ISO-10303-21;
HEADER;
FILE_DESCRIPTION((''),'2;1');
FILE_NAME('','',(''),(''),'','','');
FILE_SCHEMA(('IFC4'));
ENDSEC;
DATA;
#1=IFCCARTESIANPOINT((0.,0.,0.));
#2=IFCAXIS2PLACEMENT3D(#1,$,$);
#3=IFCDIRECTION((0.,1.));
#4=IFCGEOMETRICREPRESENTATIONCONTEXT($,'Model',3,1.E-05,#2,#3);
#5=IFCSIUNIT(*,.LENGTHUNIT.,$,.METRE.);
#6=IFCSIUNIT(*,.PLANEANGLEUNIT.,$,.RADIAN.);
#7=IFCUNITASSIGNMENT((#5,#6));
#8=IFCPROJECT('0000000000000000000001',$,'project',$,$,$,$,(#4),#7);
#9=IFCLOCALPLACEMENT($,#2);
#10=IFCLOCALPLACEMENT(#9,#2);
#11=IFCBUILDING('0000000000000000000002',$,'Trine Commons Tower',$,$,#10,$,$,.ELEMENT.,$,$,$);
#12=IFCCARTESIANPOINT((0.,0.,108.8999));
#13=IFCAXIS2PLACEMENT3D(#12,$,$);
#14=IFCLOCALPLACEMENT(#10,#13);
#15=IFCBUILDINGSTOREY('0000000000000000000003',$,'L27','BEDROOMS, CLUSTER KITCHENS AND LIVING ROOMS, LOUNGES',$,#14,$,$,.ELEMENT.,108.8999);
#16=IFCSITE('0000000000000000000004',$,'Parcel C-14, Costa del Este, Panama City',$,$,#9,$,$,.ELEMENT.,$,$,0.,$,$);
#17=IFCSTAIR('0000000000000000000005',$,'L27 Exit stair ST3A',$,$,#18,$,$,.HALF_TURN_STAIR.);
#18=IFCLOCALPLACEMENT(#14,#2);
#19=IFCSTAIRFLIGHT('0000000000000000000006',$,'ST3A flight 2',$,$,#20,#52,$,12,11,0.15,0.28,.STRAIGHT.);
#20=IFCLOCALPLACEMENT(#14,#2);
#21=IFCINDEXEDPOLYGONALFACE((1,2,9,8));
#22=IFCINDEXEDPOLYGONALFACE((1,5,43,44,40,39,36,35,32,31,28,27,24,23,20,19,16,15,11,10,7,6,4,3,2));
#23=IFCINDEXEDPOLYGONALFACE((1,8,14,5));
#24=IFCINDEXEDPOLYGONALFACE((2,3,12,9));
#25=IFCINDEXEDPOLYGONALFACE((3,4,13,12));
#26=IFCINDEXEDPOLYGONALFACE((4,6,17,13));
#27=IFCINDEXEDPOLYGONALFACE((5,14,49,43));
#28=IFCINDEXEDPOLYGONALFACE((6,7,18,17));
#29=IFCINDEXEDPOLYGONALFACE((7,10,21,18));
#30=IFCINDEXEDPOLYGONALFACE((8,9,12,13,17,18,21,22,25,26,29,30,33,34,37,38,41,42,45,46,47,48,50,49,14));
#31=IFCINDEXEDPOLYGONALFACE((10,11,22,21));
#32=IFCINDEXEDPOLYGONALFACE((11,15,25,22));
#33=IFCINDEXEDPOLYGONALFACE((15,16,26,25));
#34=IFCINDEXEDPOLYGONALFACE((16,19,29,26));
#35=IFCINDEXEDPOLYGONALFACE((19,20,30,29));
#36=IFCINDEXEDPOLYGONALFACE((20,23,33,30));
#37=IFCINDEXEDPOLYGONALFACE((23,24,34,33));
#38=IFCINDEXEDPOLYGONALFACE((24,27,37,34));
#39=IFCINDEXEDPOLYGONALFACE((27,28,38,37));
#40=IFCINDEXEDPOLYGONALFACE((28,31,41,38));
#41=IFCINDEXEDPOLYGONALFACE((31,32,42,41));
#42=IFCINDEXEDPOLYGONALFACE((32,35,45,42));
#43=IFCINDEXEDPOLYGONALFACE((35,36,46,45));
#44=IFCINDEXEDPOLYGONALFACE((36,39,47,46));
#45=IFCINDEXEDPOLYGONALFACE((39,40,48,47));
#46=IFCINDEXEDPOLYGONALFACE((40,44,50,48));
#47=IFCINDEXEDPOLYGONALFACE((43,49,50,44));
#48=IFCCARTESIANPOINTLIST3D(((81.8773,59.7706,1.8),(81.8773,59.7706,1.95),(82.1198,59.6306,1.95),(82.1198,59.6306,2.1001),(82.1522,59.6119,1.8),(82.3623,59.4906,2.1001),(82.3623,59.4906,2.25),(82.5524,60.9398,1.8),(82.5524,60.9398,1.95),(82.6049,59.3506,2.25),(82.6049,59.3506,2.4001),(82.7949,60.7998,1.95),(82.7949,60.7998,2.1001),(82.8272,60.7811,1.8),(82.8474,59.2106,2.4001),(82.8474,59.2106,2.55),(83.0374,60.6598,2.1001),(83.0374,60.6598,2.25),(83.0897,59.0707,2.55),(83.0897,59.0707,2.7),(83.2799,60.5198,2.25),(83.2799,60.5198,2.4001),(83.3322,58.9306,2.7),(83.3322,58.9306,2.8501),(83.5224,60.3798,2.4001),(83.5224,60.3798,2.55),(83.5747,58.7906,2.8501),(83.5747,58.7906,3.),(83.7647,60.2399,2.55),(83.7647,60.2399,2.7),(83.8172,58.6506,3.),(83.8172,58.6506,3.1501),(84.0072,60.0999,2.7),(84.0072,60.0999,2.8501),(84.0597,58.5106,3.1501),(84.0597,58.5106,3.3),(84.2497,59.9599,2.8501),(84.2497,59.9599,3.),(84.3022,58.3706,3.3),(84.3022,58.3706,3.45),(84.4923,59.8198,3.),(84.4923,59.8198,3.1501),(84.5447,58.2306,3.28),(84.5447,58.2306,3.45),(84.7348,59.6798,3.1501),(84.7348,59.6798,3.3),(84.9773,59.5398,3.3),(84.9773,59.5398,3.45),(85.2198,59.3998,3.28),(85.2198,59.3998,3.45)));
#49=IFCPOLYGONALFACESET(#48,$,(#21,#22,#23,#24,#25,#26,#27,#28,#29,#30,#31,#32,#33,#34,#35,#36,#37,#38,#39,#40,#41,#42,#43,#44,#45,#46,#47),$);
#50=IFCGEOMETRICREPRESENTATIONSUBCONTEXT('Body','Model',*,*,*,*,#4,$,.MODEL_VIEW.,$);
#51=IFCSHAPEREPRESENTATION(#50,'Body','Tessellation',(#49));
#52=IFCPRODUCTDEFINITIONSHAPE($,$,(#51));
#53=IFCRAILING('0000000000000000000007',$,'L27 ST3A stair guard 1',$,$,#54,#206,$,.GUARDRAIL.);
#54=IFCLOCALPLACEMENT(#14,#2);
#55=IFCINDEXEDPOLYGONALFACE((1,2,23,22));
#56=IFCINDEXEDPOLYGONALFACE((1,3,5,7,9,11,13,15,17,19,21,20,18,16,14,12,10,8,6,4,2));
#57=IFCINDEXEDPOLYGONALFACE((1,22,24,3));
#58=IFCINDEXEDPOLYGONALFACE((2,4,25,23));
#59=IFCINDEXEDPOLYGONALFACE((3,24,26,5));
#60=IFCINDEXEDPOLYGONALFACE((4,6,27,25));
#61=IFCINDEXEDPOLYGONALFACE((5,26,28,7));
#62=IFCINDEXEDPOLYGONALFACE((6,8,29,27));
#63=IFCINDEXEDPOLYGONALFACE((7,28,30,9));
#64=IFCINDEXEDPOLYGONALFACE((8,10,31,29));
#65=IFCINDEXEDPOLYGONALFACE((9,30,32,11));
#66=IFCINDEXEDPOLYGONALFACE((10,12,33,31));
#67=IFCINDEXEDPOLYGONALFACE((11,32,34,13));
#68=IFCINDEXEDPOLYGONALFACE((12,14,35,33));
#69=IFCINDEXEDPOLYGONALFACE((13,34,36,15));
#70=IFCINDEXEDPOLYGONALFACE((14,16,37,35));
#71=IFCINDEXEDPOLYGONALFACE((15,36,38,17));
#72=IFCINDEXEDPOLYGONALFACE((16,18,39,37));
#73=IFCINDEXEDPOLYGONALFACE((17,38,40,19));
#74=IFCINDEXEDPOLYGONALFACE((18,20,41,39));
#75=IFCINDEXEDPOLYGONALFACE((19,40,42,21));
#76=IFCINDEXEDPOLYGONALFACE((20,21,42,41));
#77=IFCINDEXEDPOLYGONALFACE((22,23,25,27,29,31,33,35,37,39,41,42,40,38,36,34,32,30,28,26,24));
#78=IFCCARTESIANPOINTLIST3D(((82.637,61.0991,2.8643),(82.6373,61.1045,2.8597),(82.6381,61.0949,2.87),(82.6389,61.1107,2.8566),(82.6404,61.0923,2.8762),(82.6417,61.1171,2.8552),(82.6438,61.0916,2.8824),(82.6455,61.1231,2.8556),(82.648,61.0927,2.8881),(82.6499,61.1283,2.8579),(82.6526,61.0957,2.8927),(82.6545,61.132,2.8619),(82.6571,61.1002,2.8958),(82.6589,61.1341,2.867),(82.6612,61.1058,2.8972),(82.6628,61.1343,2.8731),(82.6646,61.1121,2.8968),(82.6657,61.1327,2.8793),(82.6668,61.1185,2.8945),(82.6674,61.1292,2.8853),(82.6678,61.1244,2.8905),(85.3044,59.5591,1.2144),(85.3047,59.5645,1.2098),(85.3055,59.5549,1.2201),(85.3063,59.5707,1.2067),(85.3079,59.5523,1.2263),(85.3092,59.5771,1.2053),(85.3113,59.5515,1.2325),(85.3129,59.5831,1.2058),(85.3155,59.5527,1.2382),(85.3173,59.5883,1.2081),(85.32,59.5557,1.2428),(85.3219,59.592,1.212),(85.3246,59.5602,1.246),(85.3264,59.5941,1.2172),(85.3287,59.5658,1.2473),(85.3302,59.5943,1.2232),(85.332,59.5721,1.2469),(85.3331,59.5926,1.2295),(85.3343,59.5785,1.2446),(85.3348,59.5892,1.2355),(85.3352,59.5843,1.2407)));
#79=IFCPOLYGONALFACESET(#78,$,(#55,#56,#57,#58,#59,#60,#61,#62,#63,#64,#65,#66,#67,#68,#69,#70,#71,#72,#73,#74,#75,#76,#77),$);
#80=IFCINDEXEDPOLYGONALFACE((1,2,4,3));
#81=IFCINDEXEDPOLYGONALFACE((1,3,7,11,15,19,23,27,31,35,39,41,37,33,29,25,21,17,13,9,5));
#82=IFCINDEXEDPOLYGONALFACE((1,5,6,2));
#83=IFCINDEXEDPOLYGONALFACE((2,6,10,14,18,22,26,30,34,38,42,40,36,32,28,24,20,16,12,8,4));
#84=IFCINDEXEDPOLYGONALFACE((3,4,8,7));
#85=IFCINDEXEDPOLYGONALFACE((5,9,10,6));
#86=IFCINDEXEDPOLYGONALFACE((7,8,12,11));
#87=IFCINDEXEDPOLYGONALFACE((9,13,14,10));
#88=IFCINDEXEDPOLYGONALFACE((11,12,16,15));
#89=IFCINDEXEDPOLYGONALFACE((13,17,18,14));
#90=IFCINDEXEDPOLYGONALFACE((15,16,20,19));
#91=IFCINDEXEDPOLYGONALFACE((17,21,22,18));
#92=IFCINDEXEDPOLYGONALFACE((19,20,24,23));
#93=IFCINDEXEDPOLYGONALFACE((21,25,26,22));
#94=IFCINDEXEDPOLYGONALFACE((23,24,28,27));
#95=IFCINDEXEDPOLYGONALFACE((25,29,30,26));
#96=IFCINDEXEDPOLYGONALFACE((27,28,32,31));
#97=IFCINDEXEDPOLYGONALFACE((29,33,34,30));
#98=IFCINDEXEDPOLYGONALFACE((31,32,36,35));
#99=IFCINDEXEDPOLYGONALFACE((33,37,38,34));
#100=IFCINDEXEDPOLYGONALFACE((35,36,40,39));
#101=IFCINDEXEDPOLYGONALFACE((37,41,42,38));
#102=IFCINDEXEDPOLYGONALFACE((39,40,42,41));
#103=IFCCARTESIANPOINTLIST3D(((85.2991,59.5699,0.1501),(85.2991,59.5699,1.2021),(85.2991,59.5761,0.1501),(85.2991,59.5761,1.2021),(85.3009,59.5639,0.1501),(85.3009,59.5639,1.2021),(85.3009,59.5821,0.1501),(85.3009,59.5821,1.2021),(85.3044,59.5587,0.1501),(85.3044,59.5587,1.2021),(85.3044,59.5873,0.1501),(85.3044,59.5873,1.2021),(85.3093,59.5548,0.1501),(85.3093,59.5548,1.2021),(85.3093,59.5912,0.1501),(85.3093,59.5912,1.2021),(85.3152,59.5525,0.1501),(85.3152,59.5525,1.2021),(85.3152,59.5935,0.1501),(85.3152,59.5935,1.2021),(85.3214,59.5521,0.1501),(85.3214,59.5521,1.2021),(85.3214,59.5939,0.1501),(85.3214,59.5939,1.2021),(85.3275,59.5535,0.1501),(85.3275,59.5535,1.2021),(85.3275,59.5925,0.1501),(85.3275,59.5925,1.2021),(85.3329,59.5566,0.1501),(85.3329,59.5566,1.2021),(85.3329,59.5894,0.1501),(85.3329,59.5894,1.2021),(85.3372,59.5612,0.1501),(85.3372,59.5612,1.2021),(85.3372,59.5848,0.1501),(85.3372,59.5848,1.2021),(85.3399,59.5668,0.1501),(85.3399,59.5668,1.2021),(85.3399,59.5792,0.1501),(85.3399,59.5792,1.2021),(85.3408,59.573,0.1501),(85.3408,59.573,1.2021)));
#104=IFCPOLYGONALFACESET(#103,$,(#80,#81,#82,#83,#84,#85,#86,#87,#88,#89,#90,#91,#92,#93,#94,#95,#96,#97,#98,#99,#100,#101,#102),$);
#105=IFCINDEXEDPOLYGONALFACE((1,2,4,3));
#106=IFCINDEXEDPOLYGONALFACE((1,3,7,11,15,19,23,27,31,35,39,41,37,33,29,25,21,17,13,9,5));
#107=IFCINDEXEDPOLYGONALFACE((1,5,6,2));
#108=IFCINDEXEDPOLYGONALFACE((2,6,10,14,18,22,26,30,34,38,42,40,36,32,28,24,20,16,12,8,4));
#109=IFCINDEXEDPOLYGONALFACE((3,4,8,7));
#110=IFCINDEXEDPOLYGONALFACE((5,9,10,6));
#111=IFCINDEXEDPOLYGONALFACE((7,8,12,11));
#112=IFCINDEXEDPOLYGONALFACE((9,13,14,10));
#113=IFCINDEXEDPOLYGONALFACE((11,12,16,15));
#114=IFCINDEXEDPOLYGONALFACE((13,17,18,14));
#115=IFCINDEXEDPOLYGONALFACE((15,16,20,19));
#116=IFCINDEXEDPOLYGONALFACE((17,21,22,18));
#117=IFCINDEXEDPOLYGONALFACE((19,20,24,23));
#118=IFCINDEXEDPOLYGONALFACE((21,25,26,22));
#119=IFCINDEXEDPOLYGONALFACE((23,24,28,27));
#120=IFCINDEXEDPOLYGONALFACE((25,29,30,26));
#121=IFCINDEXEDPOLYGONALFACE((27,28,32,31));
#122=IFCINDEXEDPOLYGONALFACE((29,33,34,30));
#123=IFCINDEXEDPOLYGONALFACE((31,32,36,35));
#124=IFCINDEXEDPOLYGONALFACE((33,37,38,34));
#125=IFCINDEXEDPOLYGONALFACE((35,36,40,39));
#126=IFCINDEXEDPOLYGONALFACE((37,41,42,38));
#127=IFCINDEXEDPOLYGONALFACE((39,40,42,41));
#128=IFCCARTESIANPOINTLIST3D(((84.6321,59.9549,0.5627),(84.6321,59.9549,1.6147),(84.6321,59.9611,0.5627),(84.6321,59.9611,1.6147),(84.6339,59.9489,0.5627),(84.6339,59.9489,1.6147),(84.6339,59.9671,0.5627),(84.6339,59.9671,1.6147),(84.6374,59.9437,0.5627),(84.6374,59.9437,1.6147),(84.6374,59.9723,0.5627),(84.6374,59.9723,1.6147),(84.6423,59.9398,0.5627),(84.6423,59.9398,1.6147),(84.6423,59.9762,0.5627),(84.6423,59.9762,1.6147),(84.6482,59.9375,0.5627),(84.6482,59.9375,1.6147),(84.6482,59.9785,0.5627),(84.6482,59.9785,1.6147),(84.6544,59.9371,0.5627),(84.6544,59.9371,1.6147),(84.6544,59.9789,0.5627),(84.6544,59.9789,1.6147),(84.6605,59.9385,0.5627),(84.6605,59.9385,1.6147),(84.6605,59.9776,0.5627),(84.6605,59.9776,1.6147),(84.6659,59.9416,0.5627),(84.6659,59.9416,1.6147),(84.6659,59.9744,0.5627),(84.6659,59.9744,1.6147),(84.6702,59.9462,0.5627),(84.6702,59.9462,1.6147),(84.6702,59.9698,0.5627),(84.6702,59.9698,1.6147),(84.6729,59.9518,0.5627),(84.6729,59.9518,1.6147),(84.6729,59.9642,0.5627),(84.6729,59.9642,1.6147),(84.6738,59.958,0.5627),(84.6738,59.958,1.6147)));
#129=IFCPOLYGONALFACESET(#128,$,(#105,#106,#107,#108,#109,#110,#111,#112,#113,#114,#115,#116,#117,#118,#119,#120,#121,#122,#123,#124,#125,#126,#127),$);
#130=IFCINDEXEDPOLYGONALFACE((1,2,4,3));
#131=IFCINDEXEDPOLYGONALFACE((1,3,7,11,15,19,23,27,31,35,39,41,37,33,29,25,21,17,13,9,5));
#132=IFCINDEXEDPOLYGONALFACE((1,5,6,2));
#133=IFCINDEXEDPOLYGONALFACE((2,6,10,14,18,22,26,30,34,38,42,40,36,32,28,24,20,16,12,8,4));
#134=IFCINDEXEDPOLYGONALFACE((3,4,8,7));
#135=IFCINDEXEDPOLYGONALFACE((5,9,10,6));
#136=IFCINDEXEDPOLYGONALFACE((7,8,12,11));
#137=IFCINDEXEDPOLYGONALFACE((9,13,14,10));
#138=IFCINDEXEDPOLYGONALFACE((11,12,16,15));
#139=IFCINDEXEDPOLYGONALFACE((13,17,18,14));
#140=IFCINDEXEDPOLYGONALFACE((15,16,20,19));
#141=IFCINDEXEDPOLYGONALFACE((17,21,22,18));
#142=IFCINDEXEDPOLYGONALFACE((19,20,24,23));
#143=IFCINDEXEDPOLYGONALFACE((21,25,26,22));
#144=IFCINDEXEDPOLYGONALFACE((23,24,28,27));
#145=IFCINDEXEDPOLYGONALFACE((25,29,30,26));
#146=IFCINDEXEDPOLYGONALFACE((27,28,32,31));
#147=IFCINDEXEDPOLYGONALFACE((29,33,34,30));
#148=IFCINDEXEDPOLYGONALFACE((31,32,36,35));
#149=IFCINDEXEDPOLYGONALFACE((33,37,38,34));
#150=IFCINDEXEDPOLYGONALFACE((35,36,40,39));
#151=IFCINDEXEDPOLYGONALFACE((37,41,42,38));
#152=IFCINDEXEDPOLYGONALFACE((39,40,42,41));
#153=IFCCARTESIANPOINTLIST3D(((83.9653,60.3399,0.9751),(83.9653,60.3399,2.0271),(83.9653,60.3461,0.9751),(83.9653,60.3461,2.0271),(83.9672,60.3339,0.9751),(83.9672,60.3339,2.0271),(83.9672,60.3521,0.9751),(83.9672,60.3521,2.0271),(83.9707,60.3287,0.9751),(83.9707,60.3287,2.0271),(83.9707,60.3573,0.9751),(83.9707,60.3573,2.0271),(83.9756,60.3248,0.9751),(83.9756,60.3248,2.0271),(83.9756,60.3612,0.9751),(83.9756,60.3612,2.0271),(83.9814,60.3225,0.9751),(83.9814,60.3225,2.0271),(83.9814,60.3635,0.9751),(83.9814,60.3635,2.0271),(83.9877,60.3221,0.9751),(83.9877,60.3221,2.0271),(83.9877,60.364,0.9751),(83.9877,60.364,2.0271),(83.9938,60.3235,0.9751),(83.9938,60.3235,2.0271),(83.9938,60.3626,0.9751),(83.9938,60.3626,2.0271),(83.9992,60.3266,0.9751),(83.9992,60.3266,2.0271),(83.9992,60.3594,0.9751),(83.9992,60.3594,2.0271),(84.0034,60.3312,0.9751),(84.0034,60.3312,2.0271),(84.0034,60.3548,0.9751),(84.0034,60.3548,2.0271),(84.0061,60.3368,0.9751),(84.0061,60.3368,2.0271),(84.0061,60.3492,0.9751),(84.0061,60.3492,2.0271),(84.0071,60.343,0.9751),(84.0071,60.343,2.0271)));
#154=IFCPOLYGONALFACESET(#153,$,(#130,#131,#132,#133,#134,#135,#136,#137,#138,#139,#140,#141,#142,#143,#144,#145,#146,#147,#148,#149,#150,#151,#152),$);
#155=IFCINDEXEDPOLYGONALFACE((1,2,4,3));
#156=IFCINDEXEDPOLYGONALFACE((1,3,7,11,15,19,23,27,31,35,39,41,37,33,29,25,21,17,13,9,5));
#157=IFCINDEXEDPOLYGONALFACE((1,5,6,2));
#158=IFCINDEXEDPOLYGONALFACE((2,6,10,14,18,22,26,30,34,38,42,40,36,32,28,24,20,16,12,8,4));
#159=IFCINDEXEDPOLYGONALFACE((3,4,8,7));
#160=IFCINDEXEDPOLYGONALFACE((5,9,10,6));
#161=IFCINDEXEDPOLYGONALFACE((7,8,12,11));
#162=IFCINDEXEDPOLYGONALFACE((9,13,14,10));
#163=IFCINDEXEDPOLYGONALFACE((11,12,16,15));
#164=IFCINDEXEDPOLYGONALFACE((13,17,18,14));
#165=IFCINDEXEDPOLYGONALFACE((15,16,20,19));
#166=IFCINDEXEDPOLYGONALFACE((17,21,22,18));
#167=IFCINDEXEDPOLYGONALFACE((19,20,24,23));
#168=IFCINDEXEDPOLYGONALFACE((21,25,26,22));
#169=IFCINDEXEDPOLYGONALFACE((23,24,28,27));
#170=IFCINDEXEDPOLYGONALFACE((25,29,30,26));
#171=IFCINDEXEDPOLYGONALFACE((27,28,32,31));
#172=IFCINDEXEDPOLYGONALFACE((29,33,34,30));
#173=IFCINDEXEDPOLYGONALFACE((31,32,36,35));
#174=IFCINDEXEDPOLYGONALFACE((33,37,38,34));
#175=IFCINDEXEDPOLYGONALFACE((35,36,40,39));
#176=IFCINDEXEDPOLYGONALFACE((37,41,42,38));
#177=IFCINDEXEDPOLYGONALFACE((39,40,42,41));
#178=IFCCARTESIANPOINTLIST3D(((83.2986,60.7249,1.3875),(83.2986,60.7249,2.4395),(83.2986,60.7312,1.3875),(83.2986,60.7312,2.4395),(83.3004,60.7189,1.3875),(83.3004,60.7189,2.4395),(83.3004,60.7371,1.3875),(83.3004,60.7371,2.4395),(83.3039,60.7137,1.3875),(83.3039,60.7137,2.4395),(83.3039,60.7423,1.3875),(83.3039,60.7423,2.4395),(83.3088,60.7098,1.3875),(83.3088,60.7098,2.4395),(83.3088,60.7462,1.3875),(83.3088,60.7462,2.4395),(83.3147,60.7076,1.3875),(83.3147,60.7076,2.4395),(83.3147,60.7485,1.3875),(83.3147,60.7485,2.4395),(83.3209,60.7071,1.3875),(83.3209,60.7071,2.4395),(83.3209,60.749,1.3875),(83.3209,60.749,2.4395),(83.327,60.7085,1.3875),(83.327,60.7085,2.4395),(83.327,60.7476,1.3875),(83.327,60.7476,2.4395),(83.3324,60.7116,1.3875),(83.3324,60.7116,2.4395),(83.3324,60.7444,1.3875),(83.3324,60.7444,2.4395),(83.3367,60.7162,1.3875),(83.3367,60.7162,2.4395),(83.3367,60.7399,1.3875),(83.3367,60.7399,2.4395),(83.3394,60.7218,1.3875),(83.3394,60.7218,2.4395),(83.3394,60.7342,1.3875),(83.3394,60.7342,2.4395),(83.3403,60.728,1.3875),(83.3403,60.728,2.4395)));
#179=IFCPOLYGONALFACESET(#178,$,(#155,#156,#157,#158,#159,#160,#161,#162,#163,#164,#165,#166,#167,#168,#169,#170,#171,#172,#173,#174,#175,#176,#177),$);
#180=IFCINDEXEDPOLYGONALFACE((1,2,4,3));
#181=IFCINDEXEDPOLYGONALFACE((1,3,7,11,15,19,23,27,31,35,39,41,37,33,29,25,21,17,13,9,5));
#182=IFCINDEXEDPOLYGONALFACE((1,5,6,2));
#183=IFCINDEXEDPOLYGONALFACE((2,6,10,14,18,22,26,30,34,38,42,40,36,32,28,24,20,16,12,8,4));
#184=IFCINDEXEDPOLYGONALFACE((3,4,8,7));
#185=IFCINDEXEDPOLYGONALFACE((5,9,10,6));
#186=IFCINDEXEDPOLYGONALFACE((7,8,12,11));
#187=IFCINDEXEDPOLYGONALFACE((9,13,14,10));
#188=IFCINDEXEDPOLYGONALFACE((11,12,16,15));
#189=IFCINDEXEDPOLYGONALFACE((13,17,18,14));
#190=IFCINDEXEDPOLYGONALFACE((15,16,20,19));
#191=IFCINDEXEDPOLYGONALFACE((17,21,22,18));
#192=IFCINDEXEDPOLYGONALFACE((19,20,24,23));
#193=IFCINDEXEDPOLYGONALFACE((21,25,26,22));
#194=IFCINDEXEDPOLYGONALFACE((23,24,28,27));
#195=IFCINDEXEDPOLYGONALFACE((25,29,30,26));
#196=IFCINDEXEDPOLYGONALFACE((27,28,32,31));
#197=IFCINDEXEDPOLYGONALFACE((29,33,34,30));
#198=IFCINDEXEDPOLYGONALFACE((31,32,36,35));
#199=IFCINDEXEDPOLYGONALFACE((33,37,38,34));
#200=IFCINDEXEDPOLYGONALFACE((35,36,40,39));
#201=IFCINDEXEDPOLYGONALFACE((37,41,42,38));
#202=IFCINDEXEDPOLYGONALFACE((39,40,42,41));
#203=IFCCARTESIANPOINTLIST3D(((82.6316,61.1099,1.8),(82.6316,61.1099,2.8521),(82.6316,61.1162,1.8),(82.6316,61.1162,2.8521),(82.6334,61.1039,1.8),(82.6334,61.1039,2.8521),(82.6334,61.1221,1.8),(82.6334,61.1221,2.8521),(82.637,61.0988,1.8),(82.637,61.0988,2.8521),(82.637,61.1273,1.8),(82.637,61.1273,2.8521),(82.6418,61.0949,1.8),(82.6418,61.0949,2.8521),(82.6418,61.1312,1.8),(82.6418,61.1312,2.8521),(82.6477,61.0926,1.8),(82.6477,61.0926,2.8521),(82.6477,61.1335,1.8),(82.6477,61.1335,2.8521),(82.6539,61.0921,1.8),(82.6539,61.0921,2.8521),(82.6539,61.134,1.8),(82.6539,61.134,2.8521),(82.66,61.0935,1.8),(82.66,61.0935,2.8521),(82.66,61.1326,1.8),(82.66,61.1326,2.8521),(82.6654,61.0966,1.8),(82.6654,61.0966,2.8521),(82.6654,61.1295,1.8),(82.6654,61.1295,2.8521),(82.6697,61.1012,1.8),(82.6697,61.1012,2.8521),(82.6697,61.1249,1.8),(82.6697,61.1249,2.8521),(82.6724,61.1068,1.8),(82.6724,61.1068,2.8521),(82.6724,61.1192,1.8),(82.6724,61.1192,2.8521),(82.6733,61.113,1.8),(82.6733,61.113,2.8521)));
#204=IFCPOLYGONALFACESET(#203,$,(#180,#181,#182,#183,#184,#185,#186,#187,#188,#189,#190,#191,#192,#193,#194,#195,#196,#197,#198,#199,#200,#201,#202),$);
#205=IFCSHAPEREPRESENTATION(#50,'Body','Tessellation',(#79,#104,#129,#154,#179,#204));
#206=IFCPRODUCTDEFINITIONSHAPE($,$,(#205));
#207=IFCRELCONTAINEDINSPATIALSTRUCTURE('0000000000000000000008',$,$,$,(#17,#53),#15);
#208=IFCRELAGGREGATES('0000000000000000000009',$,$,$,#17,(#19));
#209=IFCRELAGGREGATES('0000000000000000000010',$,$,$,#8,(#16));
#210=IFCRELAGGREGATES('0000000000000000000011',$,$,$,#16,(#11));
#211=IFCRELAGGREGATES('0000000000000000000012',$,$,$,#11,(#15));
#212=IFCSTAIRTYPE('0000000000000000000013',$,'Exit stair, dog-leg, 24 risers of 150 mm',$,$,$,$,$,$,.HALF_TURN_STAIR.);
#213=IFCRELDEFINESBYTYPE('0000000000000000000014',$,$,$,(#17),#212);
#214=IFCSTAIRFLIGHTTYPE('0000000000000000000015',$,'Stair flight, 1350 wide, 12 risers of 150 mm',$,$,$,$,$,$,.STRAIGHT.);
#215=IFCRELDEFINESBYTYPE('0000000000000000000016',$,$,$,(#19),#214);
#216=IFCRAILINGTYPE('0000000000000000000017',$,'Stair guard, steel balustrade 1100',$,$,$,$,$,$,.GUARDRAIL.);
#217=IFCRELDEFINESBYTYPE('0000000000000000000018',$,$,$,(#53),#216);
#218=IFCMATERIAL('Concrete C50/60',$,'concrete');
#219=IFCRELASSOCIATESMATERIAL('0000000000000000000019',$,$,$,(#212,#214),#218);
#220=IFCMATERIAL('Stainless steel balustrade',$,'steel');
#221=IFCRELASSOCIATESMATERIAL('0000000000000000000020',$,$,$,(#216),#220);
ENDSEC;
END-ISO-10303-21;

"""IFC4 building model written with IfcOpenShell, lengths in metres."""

from ifc_helpers import new_model, si_unit, direction, frame, origin, origin_2d, place, context, subcontext, project, spatial, polyline, circle, outline, extrude, material, type_object, element, aggregate, save


model = new_model("IFC4")

# Units and contexts
model_context = context("Model", 3, precision=1e-05, world=origin(), true_north=direction((0.0, 1.0)))
body_context = subcontext(model_context, "Body", "Model", "MODEL_VIEW")
ifc_project = project(units=[si_unit("LENGTHUNIT", "METRE"), si_unit("PLANEANGLEUNIT", "RADIAN")], contexts=[model_context])

# Site, building, storey
site_placement = place(None, origin())
site = spatial("IfcSite", under=ifc_project, at=site_placement, Name="Parcel C-14, Costa del Este, Panama City", CompositionType="ELEMENT", RefElevation=0.0)
building_placement = place(site_placement, origin())
building = spatial("IfcBuilding", under=site, at=building_placement, Name="Trine Commons Tower", CompositionType="ELEMENT")
storey_placement = place(building_placement, frame((0.0, 0.0, 108.8999)))
storey = spatial("IfcBuildingStorey", under=building, at=storey_placement, Name="L27", Description="BEDROOMS, CLUSTER KITCHENS AND LIVING ROOMS, LOUNGES", CompositionType="ELEMENT", Elevation=108.8999)

# Shared definitions
ifc_material_1 = material(Name="Concrete C50/60", Category="concrete")

# Stair, stair flight
stair_type = type_object("IfcStairType", Name="Exit stair, dog-leg, 24 risers of 150 mm", PredefinedType="HALF_TURN_STAIR", material=ifc_material_1)
stair_placement = place(storey_placement, origin())
stair = element("IfcStair", 1, at=stair_placement, inside=storey, type_object=stair_type, Name="L27 Exit stair ST3A", PredefinedType="HALF_TURN_STAIR")
stair_flight_type = type_object("IfcStairFlightType", Name="Stair flight, 1350 wide, 12 risers of 150 mm", PredefinedType="STRAIGHT", material=ifc_material_1)
stair_flight_placement = place(storey_placement, frame((82.2148, 60.3552, 1.8), z_axis=(0.0, 0.0, 1.0), x_axis=(0.866025, -0.5, 0.0)))
stair_flight = element("IfcStairFlight", 2, at=stair_flight_placement, type_object=stair_flight_type, Name="ST3A flight 2", NumberOfRisers=12, NumberOfTreads=11, PredefinedType="STRAIGHT", RiserHeight=0.15, TreadLength=0.28, context=body_context, shape_type="SweptSolid", body=[
    extrude(outline(polyline([(0.0, 0.0), (0.0, 0.1499), (0.28, 0.1499), (0.28, 0.3), (0.5601, 0.3), (0.5601, 0.45), (0.8401, 0.45), (0.8401, 0.6001), (1.1201, 0.6001), (1.1201, 0.75), (1.3999, 0.75), (1.3999, 0.8999), (1.6799, 0.8999), (1.6799, 1.05), (1.96, 1.05), (1.96, 1.2), (2.24, 1.2), (2.24, 1.3501), (2.52, 1.3501), (2.52, 1.5), (2.8, 1.5), (2.8, 1.6499), (3.0801, 1.6499), (3.0801, 1.8), (3.0801, 1.48), (0.3174, 0.0), (0.0, 0.0)])), frame((0.0, 0.675, 0.0), z_axis=(0.0, -1.0, 0.0), x_axis=(1.0, 0.0, 0.0)), (0.0, 0.0, 1.0), 1.3501),
])
aggregate(stair, [stair_flight])

# Railing
ifc_material_2 = material(Name="Stainless steel balustrade", Category="steel")
railing_type_1 = type_object("IfcRailingType", Name="Stair guard, steel balustrade 1100", PredefinedType="GUARDRAIL", material=ifc_material_2)
railing_1_placement = place(storey_placement, frame((85.3198, 59.573, 0.1501)))
element("IfcRailing", 3, at=railing_1_placement, inside=storey, type_object=railing_type_1, Name="L27 ST3A stair guard 1", PredefinedType="GUARDRAIL", context=body_context, shape_type="SweptSolid", body=[
    extrude(circle(Radius=0.0239, at=origin_2d()), frame((0.0, 0.0, 1.0762), z_axis=(-0.763405, 0.440743, 0.472185), x_axis=(-0.499992, -0.86603, 0.0)), (0.0, 0.0, 1.0), 3.4941),
    extrude(circle(Radius=0.021, at=origin_2d()), origin(), (0.0, 0.0, 1.0), 1.052),
    extrude(circle(Radius=0.021, at=origin_2d()), frame((-0.667, 0.385, 0.4126)), (0.0, 0.0, 1.0), 1.052),
    extrude(circle(Radius=0.021, at=origin_2d()), frame((-1.3337, 0.77, 0.825)), (0.0, 0.0, 1.0), 1.052),
    extrude(circle(Radius=0.021, at=origin_2d()), frame((-2.0005, 1.155, 1.2373)), (0.0, 0.0, 1.0), 1.052),
    extrude(circle(Radius=0.021, at=origin_2d()), frame((-2.6675, 1.54, 1.6499)), (0.0, 0.0, 1.0), 1.052),
])

save(model, "model.ifc")
